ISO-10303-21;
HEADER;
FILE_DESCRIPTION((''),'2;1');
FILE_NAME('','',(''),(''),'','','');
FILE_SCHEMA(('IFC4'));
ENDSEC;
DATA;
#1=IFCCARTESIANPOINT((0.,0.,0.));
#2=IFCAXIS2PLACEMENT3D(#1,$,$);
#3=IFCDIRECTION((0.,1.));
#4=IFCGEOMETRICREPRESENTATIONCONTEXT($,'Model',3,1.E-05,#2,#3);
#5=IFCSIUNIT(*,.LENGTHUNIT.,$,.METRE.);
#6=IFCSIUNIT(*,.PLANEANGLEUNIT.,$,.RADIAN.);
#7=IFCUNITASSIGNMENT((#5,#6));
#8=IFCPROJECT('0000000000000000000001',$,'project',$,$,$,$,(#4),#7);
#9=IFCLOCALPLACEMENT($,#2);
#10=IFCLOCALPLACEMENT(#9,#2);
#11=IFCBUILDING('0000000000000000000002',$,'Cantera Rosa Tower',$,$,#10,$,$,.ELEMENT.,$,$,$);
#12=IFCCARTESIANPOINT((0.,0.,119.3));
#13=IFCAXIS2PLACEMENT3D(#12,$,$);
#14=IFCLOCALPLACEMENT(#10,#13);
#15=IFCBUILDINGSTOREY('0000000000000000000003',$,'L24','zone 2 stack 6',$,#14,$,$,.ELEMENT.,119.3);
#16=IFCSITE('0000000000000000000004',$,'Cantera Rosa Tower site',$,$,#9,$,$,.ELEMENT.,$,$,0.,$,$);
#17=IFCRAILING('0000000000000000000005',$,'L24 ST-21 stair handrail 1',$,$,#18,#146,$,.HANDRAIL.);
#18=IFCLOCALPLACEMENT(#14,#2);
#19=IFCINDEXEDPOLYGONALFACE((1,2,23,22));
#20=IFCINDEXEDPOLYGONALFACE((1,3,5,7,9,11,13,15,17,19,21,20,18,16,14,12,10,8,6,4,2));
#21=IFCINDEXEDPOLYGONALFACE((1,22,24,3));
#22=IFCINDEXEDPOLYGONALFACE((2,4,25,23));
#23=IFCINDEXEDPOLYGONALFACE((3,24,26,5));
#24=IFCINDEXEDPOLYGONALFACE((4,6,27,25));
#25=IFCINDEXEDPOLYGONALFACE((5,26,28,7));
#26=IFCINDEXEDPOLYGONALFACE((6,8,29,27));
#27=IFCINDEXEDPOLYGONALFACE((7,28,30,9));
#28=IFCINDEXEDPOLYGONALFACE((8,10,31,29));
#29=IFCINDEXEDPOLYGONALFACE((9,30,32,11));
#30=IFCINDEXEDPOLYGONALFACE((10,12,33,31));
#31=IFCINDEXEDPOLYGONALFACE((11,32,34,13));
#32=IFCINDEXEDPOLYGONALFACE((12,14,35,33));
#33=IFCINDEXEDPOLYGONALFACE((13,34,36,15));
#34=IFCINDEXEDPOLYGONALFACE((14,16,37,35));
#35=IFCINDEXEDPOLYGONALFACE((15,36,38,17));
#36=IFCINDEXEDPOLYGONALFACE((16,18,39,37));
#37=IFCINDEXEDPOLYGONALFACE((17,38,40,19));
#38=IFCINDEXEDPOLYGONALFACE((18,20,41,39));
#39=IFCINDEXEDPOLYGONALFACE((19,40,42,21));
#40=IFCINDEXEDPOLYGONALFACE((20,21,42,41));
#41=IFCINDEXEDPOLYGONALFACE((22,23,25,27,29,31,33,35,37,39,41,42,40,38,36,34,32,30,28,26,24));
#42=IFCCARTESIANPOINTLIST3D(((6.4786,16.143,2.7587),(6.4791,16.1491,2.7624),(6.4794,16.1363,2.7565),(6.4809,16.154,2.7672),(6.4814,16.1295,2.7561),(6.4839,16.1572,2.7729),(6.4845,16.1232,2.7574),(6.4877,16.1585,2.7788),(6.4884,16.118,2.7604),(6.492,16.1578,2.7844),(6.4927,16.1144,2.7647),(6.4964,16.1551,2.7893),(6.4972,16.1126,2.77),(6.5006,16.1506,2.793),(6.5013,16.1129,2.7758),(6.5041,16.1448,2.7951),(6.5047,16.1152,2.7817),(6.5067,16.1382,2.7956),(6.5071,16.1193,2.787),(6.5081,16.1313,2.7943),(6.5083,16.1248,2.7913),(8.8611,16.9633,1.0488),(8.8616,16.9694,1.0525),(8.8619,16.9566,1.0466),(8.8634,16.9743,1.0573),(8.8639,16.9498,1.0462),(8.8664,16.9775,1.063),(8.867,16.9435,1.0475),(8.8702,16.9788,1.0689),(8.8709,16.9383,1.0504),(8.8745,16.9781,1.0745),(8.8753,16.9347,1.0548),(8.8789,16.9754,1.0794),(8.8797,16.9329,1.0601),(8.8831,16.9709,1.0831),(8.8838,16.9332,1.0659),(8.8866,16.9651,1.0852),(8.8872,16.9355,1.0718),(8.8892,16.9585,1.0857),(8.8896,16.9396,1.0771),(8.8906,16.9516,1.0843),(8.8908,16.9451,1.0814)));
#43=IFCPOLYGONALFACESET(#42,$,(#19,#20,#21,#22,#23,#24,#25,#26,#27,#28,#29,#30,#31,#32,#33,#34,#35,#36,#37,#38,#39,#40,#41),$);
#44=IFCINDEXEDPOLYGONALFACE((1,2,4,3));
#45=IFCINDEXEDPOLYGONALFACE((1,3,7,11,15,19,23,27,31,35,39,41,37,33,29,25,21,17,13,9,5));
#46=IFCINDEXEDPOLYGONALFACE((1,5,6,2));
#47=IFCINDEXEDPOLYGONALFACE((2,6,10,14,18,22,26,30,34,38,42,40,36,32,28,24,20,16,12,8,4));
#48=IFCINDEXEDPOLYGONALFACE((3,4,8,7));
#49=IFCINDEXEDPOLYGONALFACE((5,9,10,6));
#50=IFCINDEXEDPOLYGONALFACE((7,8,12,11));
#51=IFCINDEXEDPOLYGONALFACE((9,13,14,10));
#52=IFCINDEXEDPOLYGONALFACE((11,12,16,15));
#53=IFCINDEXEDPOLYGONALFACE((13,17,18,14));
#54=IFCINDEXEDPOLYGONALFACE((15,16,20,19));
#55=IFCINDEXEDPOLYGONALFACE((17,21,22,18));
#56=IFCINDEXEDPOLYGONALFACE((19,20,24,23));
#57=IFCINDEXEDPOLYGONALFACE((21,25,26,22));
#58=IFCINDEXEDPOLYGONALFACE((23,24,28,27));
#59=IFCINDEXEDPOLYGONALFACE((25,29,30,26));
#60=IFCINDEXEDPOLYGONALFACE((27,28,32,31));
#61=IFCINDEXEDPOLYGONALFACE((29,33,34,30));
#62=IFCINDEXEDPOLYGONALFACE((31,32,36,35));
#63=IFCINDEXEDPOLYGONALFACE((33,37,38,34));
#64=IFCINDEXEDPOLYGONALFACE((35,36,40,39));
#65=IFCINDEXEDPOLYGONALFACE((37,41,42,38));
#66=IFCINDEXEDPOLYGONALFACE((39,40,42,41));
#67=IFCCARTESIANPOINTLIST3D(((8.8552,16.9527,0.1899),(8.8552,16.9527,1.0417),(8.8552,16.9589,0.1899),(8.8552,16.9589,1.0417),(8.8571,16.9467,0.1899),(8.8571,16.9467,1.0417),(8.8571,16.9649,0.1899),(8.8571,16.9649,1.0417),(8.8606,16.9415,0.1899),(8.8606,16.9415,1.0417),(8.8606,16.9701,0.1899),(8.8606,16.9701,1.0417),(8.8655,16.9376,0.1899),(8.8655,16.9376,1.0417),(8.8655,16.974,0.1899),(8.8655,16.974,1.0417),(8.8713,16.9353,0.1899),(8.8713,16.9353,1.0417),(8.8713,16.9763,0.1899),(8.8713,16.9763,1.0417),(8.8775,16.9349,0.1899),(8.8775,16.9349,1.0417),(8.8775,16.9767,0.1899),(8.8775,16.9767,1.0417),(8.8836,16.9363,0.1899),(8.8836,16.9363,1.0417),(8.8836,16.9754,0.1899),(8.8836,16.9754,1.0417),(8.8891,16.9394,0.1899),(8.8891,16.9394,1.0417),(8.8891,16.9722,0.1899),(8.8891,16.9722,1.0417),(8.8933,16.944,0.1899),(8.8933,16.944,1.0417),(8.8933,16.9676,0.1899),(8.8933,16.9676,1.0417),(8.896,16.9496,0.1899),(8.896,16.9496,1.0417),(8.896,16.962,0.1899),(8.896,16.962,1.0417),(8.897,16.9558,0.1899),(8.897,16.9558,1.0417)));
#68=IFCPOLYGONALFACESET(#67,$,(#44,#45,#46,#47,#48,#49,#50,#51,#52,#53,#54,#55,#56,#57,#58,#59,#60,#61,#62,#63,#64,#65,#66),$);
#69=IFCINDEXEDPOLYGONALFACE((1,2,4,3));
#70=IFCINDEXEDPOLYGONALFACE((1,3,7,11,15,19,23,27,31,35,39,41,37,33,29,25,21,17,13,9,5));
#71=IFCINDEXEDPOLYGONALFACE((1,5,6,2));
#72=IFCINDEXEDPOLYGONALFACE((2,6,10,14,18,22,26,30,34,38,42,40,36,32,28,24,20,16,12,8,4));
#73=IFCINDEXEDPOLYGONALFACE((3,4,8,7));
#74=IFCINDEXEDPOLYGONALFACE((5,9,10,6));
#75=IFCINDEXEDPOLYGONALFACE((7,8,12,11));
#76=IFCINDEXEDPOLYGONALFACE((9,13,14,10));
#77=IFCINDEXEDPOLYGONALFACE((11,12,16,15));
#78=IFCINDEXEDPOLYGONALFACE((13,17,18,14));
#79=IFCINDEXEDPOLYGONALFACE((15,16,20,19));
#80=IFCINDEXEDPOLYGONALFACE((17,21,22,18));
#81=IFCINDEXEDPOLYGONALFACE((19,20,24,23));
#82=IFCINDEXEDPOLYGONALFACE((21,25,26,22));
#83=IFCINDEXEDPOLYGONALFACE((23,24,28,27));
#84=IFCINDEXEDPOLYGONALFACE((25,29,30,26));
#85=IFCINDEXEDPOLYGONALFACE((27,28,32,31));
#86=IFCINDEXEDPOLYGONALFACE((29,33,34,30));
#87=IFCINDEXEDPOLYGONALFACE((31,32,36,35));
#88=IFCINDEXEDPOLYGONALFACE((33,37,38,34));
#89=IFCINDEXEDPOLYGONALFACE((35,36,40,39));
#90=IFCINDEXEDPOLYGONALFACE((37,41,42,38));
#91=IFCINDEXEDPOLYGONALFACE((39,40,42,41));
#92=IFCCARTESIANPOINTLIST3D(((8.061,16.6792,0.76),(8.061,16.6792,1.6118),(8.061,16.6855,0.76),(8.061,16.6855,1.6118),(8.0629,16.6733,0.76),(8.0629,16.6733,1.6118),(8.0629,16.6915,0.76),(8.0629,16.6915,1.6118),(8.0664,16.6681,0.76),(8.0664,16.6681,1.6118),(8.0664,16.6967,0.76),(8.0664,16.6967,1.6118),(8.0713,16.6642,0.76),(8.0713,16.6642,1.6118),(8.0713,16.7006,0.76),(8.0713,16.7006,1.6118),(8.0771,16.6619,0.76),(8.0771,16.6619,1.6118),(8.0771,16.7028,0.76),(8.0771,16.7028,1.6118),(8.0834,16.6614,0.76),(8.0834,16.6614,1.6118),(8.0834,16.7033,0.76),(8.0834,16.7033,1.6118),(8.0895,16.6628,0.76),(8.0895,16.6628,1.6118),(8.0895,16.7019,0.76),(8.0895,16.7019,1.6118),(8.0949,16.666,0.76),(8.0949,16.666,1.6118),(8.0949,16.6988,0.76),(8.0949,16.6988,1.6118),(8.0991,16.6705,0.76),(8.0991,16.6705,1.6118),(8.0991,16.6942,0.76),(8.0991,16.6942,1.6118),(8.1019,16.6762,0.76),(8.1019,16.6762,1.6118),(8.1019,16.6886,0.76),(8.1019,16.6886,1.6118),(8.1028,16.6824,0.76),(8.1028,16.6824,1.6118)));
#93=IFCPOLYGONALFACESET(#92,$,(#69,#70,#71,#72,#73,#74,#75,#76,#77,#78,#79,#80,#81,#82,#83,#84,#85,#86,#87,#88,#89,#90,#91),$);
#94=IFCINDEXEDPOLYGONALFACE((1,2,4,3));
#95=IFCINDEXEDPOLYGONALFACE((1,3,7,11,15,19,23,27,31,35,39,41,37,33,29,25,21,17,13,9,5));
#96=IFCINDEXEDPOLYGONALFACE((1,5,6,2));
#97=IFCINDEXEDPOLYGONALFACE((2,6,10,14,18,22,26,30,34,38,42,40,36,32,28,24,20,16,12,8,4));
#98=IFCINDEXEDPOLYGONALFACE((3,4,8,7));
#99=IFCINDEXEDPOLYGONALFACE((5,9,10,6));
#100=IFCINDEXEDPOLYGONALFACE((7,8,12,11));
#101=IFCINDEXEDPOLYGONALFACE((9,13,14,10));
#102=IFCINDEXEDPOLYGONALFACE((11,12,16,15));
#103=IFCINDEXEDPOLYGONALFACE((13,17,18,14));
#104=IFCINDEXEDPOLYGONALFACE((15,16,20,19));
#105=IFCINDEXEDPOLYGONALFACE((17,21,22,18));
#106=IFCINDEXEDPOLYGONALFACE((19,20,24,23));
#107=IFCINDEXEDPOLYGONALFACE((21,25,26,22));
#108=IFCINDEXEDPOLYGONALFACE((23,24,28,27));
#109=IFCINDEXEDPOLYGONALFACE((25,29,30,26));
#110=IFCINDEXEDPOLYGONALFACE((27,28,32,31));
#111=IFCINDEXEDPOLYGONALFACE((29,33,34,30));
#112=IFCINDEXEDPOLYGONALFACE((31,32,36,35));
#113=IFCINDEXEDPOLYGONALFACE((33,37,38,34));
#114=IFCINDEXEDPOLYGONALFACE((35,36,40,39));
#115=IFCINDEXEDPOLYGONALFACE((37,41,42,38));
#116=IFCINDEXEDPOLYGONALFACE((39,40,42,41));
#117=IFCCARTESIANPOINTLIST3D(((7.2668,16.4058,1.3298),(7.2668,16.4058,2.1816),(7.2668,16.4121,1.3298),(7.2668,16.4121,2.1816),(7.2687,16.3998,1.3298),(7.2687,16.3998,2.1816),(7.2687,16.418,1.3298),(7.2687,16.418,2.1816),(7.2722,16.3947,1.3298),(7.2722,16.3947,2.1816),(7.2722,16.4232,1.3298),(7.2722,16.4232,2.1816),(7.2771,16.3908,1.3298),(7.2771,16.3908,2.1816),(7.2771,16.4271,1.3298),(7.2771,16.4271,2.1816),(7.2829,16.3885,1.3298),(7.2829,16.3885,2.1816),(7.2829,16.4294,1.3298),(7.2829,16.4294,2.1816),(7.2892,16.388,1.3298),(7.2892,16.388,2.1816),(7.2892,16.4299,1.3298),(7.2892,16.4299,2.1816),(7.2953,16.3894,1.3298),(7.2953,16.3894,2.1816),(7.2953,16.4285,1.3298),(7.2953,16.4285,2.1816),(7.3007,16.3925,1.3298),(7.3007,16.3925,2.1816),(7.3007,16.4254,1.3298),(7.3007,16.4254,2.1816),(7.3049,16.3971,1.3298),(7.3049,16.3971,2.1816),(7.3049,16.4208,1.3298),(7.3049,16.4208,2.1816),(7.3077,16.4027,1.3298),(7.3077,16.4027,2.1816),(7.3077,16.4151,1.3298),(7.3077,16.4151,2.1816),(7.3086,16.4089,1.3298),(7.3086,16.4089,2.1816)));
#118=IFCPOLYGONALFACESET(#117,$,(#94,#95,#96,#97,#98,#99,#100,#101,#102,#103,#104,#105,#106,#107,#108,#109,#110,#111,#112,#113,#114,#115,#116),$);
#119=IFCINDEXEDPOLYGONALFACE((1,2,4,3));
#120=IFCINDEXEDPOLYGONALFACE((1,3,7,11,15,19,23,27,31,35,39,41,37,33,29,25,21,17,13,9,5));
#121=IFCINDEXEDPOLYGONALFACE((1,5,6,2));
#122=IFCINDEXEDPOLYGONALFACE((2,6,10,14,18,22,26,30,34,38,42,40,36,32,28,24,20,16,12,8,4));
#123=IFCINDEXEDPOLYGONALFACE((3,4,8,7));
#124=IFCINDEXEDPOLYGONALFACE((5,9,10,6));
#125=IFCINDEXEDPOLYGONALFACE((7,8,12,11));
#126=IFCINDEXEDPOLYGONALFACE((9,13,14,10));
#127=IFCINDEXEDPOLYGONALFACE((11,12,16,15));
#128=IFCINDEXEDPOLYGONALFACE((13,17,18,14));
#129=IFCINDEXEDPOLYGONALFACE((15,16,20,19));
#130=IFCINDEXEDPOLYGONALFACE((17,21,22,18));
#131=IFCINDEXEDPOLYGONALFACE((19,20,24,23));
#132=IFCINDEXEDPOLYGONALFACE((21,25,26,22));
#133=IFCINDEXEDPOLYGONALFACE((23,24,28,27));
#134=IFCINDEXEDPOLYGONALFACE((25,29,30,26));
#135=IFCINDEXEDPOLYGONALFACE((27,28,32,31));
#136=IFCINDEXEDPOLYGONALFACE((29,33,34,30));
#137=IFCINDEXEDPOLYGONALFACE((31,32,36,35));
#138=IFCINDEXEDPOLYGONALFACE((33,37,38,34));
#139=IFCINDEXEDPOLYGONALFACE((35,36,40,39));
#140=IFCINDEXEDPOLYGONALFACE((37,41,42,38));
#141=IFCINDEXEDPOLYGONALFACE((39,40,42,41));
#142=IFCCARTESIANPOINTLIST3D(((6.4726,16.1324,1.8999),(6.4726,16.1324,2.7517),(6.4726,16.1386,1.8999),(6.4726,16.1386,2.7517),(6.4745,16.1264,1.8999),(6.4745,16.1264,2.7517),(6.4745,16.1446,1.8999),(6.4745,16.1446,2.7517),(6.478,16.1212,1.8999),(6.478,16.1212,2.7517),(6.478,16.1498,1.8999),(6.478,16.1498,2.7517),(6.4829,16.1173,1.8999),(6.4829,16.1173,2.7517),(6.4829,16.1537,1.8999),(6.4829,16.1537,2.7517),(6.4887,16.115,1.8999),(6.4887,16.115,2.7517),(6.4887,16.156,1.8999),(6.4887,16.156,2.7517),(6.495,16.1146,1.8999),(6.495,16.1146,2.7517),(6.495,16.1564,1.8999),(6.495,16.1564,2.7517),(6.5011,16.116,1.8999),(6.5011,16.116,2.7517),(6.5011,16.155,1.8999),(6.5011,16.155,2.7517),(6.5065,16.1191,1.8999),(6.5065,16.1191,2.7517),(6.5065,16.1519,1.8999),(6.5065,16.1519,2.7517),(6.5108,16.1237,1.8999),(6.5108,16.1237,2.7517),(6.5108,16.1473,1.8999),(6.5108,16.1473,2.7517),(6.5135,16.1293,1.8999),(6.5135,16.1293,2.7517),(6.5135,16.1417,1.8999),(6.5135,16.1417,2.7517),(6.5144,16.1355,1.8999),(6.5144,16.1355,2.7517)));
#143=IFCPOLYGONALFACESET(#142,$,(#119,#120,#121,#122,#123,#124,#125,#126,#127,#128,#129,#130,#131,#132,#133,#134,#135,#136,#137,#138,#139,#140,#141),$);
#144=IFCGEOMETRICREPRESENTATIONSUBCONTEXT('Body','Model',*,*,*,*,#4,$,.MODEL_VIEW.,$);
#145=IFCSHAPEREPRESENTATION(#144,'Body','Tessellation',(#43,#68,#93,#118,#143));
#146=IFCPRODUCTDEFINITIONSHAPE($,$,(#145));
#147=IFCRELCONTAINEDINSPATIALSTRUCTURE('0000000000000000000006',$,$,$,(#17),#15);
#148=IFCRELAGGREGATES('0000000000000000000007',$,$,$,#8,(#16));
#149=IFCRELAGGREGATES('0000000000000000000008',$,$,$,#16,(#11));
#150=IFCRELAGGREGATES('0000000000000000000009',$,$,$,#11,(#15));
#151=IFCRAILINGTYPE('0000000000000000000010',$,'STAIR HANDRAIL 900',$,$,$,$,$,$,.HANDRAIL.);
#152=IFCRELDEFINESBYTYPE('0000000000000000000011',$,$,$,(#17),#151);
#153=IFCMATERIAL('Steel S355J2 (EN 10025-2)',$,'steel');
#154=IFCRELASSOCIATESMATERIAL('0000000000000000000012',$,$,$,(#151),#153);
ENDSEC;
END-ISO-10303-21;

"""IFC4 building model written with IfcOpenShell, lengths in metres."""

from ifc_helpers import new_model, si_unit, direction, frame, origin, origin_2d, place, context, subcontext, project, spatial, circle, extrude, material, type_object, element, save


model = new_model("IFC4")

# Units and contexts
model_context = context("Model", 3, precision=1e-05, world=origin(), true_north=direction((0.0, 1.0)))
body_context = subcontext(model_context, "Body", "Model", "MODEL_VIEW")
ifc_project = project(units=[si_unit("LENGTHUNIT", "METRE"), si_unit("PLANEANGLEUNIT", "RADIAN")], contexts=[model_context])

# Site, building, storey
site_placement = place(None, origin())
site = spatial("IfcSite", under=ifc_project, at=site_placement, Name="Cantera Rosa Tower site", CompositionType="ELEMENT", RefElevation=0.0)
building_placement = place(site_placement, origin())
building = spatial("IfcBuilding", under=site, at=building_placement, Name="Cantera Rosa Tower", CompositionType="ELEMENT")
storey_placement = place(building_placement, frame((0.0, 0.0, 119.3)))
storey = spatial("IfcBuildingStorey", under=building, at=storey_placement, Name="L24", Description="zone 2 stack 6", CompositionType="ELEMENT", Elevation=119.3)

# Railing
ifc_material_1 = material(Name="Steel S355J2 (EN 10025-2)", Category="steel")
railing_type_1 = type_object("IfcRailingType", Name="STAIR HANDRAIL 900", PredefinedType="HANDRAIL", material=ifc_material_1)
railing_1_placement = place(storey_placement, frame((8.876, 16.9558, 0.1899)))
element("IfcRailing", 1, at=railing_1_placement, inside=storey, type_object=railing_type_1, Name="L24 ST-21 stair handrail 1", PredefinedType="HANDRAIL", context=body_context, shape_type="SweptSolid", body=[
    extrude(circle(Radius=0.0239, at=origin_2d()), frame((0.0, 0.0, 0.876), z_axis=(-0.78239, -0.269375, 0.561519), x_axis=(0.325543, -0.945527, 0.0)), (0.0, 0.0, 1.0), 3.0452),
    extrude(circle(Radius=0.021, at=origin_2d()), origin(), (0.0, 0.0, 1.0), 0.8518),
    extrude(circle(Radius=0.021, at=origin_2d()), frame((-0.7942, -0.2734, 0.5701)), (0.0, 0.0, 1.0), 0.8518),
    extrude(circle(Radius=0.021, at=origin_2d()), frame((-1.5884, -0.5469, 1.1399)), (0.0, 0.0, 1.0), 0.8518),
    extrude(circle(Radius=0.021, at=origin_2d()), frame((-2.3826, -0.8203, 1.71)), (0.0, 0.0, 1.0), 0.8518),
])

save(model, "model.ifc")
